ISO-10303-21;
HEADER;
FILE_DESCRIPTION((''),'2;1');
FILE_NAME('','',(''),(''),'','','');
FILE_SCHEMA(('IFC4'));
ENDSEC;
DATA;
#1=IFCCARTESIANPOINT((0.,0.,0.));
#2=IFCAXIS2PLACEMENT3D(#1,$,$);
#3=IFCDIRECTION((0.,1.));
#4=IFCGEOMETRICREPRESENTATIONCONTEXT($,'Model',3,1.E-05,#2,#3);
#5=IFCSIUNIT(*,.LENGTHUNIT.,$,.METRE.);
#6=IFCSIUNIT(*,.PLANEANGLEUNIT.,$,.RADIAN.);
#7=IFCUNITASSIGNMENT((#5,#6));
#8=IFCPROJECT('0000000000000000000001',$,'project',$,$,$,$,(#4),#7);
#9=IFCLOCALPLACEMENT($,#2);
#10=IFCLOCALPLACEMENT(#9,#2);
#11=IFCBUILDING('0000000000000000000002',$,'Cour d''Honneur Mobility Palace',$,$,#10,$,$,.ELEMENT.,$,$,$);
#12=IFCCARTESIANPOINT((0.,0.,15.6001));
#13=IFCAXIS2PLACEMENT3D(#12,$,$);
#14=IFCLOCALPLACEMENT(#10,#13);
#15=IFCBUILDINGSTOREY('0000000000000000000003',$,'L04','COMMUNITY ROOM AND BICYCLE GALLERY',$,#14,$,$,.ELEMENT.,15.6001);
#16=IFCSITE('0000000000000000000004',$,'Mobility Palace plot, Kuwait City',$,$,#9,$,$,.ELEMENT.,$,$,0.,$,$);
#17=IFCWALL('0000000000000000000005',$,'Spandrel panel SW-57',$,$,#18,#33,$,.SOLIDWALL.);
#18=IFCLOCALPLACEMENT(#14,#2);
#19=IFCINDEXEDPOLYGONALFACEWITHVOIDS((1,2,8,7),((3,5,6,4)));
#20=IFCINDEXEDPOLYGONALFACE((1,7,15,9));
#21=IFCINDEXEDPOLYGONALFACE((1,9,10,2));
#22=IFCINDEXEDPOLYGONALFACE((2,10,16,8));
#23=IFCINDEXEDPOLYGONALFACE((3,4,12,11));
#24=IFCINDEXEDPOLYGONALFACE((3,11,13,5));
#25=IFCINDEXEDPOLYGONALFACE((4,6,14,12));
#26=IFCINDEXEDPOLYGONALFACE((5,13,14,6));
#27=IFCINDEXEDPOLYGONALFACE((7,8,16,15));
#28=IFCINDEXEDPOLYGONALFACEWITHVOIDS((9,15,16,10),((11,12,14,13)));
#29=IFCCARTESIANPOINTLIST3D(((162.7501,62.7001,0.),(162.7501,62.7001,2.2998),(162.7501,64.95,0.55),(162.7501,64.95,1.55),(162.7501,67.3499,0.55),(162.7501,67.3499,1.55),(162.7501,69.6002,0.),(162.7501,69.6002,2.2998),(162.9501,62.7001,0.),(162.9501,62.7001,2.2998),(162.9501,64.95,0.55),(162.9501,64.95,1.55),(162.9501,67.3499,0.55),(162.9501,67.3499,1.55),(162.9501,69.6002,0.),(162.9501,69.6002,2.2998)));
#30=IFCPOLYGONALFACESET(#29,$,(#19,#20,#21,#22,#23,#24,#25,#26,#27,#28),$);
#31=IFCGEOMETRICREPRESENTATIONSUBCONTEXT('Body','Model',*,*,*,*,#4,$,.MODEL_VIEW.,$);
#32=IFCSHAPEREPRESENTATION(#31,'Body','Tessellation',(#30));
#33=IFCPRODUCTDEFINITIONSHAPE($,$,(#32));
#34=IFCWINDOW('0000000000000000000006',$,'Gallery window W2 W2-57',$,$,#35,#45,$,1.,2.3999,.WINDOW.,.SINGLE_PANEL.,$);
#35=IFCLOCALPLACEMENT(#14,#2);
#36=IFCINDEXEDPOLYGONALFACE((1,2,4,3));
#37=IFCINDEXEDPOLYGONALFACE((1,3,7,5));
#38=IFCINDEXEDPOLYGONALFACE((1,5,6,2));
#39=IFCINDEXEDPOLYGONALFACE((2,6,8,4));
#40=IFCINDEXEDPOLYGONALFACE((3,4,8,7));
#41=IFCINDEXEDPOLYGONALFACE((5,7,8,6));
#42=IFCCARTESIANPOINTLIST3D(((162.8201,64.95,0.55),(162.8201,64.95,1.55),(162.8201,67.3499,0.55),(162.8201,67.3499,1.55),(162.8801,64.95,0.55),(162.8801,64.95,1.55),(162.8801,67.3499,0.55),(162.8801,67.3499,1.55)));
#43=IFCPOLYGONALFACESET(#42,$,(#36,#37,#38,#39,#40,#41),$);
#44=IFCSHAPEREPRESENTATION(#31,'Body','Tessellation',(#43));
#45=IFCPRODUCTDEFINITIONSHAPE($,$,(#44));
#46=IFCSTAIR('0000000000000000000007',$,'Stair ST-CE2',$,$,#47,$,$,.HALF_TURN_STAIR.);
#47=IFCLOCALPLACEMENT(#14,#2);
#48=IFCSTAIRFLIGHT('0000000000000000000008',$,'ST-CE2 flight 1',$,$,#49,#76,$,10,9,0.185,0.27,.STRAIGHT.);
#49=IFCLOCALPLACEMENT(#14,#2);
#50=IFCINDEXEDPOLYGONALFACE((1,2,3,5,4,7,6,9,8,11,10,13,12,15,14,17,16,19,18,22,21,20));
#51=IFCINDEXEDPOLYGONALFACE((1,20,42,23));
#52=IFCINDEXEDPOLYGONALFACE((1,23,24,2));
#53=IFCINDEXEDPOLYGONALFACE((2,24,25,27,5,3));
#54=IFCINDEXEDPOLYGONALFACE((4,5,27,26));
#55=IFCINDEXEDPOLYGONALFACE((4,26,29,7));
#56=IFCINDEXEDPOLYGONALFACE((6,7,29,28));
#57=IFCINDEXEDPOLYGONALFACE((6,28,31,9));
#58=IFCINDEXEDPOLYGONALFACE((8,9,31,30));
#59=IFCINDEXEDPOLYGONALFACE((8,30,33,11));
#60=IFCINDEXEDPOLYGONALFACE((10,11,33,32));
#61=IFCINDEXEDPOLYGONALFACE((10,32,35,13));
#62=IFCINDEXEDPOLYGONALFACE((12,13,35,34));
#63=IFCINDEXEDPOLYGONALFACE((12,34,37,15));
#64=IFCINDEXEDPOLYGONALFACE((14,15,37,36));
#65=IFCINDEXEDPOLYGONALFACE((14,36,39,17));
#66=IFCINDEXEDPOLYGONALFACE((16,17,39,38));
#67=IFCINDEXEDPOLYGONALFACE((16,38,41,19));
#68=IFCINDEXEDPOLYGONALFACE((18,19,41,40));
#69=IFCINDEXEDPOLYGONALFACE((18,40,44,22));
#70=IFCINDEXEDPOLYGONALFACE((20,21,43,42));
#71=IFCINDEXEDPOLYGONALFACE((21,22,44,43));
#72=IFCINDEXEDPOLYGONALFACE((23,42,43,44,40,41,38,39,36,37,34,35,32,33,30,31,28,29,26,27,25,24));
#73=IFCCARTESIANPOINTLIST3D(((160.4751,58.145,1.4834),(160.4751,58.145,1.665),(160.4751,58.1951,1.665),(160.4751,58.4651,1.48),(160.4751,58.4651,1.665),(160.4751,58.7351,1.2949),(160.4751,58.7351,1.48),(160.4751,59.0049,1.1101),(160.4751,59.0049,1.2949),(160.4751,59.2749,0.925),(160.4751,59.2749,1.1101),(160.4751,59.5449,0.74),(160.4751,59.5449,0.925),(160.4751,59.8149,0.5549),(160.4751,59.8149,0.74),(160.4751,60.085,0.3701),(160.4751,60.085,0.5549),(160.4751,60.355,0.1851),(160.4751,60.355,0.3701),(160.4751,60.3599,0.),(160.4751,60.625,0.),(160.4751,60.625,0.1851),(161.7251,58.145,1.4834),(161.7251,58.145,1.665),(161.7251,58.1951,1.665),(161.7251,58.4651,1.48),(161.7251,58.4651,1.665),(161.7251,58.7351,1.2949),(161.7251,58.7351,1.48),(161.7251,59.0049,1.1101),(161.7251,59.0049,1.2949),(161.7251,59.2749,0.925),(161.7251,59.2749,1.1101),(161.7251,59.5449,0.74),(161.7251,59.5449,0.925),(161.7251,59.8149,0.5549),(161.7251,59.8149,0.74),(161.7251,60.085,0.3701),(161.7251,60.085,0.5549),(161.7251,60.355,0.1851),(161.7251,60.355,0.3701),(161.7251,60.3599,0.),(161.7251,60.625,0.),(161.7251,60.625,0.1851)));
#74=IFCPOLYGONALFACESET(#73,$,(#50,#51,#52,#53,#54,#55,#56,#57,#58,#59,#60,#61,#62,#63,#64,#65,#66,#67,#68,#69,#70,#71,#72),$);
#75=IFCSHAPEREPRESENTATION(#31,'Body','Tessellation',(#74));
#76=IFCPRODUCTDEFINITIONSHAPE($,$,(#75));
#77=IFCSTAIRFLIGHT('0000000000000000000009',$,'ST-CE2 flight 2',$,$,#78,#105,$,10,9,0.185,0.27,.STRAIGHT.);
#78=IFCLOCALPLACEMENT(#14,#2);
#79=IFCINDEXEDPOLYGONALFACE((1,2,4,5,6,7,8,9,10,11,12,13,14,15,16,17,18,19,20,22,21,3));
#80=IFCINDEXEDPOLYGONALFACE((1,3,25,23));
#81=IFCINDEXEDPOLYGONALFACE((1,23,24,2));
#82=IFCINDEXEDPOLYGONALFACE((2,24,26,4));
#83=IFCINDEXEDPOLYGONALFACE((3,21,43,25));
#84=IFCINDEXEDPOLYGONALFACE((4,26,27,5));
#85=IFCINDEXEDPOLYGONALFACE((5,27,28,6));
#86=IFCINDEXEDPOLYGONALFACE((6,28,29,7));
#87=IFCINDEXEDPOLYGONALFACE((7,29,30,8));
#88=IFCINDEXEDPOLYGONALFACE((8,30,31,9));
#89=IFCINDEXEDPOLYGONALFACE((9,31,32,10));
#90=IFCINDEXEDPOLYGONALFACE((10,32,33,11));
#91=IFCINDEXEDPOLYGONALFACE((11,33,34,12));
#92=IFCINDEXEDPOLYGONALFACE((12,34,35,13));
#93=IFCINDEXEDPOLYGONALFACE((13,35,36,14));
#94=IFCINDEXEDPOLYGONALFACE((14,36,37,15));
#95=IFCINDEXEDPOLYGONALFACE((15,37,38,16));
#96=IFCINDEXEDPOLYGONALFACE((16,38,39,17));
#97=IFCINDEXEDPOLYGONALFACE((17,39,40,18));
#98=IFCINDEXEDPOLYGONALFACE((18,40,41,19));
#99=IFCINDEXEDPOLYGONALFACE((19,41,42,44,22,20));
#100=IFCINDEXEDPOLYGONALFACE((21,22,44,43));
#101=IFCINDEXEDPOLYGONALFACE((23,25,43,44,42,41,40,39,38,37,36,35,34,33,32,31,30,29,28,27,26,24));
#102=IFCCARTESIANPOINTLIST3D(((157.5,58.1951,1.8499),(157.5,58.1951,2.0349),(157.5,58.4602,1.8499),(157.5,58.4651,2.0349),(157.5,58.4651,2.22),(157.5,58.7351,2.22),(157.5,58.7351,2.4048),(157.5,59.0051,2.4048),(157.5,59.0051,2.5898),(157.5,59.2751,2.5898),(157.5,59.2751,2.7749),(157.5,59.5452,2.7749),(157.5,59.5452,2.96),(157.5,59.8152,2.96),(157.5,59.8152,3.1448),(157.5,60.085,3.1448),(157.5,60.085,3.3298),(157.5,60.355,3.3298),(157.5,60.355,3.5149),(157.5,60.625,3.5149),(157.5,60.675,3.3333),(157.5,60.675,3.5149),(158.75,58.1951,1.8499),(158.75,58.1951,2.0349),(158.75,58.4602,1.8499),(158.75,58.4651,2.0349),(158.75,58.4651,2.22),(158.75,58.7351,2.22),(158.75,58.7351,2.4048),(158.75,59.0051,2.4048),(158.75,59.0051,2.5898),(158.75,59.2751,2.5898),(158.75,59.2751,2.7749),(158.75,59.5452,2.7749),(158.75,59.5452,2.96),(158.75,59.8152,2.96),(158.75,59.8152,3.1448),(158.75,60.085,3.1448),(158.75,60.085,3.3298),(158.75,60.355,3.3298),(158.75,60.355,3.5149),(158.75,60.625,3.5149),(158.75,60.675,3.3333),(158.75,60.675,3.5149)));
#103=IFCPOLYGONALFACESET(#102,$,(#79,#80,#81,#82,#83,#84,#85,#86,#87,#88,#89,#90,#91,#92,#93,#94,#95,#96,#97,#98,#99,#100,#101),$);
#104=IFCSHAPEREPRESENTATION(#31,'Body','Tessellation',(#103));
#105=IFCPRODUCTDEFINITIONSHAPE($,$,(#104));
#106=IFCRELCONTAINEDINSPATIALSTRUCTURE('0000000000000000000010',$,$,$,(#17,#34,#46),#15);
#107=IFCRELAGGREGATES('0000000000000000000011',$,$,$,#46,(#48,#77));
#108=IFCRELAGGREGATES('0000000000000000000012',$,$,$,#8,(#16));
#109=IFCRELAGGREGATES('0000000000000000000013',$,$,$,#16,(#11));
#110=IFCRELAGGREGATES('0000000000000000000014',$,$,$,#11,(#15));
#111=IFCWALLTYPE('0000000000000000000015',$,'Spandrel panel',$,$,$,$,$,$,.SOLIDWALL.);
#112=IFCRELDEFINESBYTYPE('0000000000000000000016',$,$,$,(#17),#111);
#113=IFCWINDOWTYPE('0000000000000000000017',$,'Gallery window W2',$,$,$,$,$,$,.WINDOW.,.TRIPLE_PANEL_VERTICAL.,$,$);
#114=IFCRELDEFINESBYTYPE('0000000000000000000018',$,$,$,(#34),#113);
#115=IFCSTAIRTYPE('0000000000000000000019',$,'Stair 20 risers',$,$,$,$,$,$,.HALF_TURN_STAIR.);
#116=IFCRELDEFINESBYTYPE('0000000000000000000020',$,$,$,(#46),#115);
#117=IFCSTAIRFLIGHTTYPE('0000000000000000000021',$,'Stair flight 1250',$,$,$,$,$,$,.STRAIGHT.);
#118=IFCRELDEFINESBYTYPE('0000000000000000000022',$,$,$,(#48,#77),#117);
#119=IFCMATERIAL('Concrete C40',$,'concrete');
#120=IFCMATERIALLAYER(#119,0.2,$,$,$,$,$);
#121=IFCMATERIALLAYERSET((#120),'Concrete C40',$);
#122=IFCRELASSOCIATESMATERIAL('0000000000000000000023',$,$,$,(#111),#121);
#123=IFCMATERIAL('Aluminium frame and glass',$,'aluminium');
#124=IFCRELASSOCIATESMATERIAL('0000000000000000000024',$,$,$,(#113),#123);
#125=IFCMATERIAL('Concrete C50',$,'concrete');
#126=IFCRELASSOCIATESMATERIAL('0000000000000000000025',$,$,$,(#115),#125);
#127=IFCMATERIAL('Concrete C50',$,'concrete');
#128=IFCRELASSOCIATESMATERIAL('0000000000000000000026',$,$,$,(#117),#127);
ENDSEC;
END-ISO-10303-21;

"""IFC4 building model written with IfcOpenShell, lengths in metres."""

from ifc_helpers import new_model, si_unit, direction, frame, frame_2d, origin, place, context, subcontext, project, spatial, polyline, rectangle, outline, extrude, material, layer, layer_set, type_object, element, fill, aggregate, save


model = new_model("IFC4")

# Units and contexts
model_context = context("Model", 3, precision=1e-05, world=origin(), true_north=direction((0.0, 1.0)))
body_context = subcontext(model_context, "Body", "Model", "MODEL_VIEW")
ifc_project = project(units=[si_unit("LENGTHUNIT", "METRE"), si_unit("PLANEANGLEUNIT", "RADIAN")], contexts=[model_context])

# Site, building, storey
site_placement = place(None, origin())
site = spatial("IfcSite", under=ifc_project, at=site_placement, Name="Mobility Palace plot, Kuwait City", CompositionType="ELEMENT", RefElevation=0.0)
building_placement = place(site_placement, origin())
building = spatial("IfcBuilding", under=site, at=building_placement, Name="Cour d'Honneur Mobility Palace", CompositionType="ELEMENT")
storey_placement = place(building_placement, frame((0.0, 0.0, 15.6001)))
storey = spatial("IfcBuildingStorey", under=building, at=storey_placement, Name="L04", Description="COMMUNITY ROOM AND BICYCLE GALLERY", CompositionType="ELEMENT", Elevation=15.6001)

# Wall, opening, window
ifc_material_1 = material(Name="Concrete C40", Category="concrete")
ifc_layer_1 = layer(ifc_material_1, 0.2)
ifc_layer_set_1 = layer_set([ifc_layer_1], Name="Concrete C40")
wall_type = type_object("IfcWallType", Name="Spandrel panel", PredefinedType="SOLIDWALL", material=ifc_layer_set_1)
wall_placement = place(storey_placement, frame((162.8501, 62.7, 0.0), z_axis=(0.0, 0.0, 1.0), x_axis=(0.0, 1.0, 0.0)))
wall = element("IfcWall", 1, at=wall_placement, inside=storey, type_object=wall_type, Name="Spandrel panel SW-57", PredefinedType="SOLIDWALL", context=body_context, shape_type="SweptSolid", body=[
    extrude(rectangle(XDim=6.9001, YDim=0.2, at=frame_2d((3.4502, 0.0))), origin(), (0.0, 0.0, 1.0), 2.2998),
])
opening_placement = place(wall_placement, frame((2.25, 0.0, 0.55)))
opening = element("IfcOpeningElement", 2, at=opening_placement, cuts=wall, PredefinedType="OPENING", context=body_context, shape_type="SweptSolid", body=[
    extrude(rectangle(XDim=2.3999, YDim=1.0, at=frame_2d((1.2, 0.5))), frame((0.0, 0.1099, 0.0), z_axis=(0.0, -1.0, 0.0), x_axis=(1.0, 0.0, 0.0)), (0.0, 0.0, 1.0), 0.22),
])
ifc_material_2 = material(Name="Aluminium frame and glass", Category="aluminium")
window_type = type_object("IfcWindowType", Name="Gallery window W2", PartitioningType="TRIPLE_PANEL_VERTICAL", PredefinedType="WINDOW", material=ifc_material_2)
window_placement = place(opening_placement, origin())
window = element("IfcWindow", 3, at=window_placement, inside=storey, type_object=window_type, Name="Gallery window W2 W2-57", OverallHeight=1.0, OverallWidth=2.3999, PartitioningType="SINGLE_PANEL", PredefinedType="WINDOW", context=body_context, shape_type="SweptSolid", body=[
    extrude(rectangle(XDim=2.3999, YDim=1.0, at=frame_2d((1.2, 0.5))), frame((0.0, 0.03, 0.0), z_axis=(0.0, -1.0, 0.0), x_axis=(1.0, 0.0, 0.0)), (0.0, 0.0, 1.0), 0.0601),
])
fill(opening, window)

# Stair, stair flights
ifc_material_3 = material(Name="Concrete C50", Category="concrete")
stair_type = type_object("IfcStairType", Name="Stair 20 risers", PredefinedType="HALF_TURN_STAIR", material=ifc_material_3)
stair_placement = place(storey_placement, origin())
stair = element("IfcStair", 4, at=stair_placement, inside=storey, type_object=stair_type, Name="Stair ST-CE2", PredefinedType="HALF_TURN_STAIR")
ifc_material_4 = material(Name="Concrete C50", Category="concrete")
stair_flight_type = type_object("IfcStairFlightType", Name="Stair flight 1250", PredefinedType="STRAIGHT", material=ifc_material_4)
stair_flight_1_placement = place(storey_placement, frame((161.1001, 60.625, 0.0), z_axis=(0.0, 0.0, 1.0), x_axis=(0.0, -1.0, 0.0)))
stair_flight_1 = element("IfcStairFlight", 5, at=stair_flight_1_placement, type_object=stair_flight_type, Name="ST-CE2 flight 1", NumberOfRisers=10, NumberOfTreads=9, PredefinedType="STRAIGHT", RiserHeight=0.185, TreadLength=0.27, context=body_context, shape_type="SweptSolid", body=[
    extrude(outline(polyline([(0.0, 0.0), (0.0, 0.1851), (0.27, 0.1851), (0.27, 0.3701), (0.54, 0.3701), (0.54, 0.5549), (0.8101, 0.5549), (0.8101, 0.74), (1.0801, 0.74), (1.0801, 0.925), (1.3501, 0.925), (1.3501, 1.1101), (1.6201, 1.1101), (1.6201, 1.2949), (1.8899, 1.2949), (1.8899, 1.48), (2.1599, 1.48), (2.1599, 1.665), (2.4299, 1.665), (2.48, 1.665), (2.48, 1.4834), (0.2651, 0.0), (0.0, 0.0)])), frame((0.0, 0.625, 0.0), z_axis=(0.0, -1.0, 0.0), x_axis=(1.0, 0.0, 0.0)), (0.0, 0.0, 1.0), 1.25),
])
stair_flight_2_placement = place(storey_placement, frame((158.125, 58.1951, 1.8499), z_axis=(0.0, 0.0, 1.0), x_axis=(0.0, 1.0, 0.0)))
stair_flight_2 = element("IfcStairFlight", 6, at=stair_flight_2_placement, type_object=stair_flight_type, Name="ST-CE2 flight 2", NumberOfRisers=10, NumberOfTreads=9, PredefinedType="STRAIGHT", RiserHeight=0.185, TreadLength=0.27, context=body_context, shape_type="SweptSolid", body=[
    extrude(outline(polyline([(0.0, 0.0), (0.0, 0.1851), (0.27, 0.1851), (0.27, 0.3701), (0.54, 0.3701), (0.54, 0.5549), (0.8101, 0.5549), (0.8101, 0.74), (1.0801, 0.74), (1.0801, 0.925), (1.3501, 0.925), (1.3501, 1.1101), (1.6201, 1.1101), (1.6201, 1.2949), (1.8899, 1.2949), (1.8899, 1.48), (2.1599, 1.48), (2.1599, 1.665), (2.4299, 1.665), (2.48, 1.665), (2.48, 1.4834), (0.2651, 0.0), (0.0, 0.0)])), frame((0.0, 0.625, 0.0), z_axis=(0.0, -1.0, 0.0), x_axis=(1.0, 0.0, 0.0)), (0.0, 0.0, 1.0), 1.25),
])
aggregate(stair, [stair_flight_1, stair_flight_2])

save(model, "model.ifc")
